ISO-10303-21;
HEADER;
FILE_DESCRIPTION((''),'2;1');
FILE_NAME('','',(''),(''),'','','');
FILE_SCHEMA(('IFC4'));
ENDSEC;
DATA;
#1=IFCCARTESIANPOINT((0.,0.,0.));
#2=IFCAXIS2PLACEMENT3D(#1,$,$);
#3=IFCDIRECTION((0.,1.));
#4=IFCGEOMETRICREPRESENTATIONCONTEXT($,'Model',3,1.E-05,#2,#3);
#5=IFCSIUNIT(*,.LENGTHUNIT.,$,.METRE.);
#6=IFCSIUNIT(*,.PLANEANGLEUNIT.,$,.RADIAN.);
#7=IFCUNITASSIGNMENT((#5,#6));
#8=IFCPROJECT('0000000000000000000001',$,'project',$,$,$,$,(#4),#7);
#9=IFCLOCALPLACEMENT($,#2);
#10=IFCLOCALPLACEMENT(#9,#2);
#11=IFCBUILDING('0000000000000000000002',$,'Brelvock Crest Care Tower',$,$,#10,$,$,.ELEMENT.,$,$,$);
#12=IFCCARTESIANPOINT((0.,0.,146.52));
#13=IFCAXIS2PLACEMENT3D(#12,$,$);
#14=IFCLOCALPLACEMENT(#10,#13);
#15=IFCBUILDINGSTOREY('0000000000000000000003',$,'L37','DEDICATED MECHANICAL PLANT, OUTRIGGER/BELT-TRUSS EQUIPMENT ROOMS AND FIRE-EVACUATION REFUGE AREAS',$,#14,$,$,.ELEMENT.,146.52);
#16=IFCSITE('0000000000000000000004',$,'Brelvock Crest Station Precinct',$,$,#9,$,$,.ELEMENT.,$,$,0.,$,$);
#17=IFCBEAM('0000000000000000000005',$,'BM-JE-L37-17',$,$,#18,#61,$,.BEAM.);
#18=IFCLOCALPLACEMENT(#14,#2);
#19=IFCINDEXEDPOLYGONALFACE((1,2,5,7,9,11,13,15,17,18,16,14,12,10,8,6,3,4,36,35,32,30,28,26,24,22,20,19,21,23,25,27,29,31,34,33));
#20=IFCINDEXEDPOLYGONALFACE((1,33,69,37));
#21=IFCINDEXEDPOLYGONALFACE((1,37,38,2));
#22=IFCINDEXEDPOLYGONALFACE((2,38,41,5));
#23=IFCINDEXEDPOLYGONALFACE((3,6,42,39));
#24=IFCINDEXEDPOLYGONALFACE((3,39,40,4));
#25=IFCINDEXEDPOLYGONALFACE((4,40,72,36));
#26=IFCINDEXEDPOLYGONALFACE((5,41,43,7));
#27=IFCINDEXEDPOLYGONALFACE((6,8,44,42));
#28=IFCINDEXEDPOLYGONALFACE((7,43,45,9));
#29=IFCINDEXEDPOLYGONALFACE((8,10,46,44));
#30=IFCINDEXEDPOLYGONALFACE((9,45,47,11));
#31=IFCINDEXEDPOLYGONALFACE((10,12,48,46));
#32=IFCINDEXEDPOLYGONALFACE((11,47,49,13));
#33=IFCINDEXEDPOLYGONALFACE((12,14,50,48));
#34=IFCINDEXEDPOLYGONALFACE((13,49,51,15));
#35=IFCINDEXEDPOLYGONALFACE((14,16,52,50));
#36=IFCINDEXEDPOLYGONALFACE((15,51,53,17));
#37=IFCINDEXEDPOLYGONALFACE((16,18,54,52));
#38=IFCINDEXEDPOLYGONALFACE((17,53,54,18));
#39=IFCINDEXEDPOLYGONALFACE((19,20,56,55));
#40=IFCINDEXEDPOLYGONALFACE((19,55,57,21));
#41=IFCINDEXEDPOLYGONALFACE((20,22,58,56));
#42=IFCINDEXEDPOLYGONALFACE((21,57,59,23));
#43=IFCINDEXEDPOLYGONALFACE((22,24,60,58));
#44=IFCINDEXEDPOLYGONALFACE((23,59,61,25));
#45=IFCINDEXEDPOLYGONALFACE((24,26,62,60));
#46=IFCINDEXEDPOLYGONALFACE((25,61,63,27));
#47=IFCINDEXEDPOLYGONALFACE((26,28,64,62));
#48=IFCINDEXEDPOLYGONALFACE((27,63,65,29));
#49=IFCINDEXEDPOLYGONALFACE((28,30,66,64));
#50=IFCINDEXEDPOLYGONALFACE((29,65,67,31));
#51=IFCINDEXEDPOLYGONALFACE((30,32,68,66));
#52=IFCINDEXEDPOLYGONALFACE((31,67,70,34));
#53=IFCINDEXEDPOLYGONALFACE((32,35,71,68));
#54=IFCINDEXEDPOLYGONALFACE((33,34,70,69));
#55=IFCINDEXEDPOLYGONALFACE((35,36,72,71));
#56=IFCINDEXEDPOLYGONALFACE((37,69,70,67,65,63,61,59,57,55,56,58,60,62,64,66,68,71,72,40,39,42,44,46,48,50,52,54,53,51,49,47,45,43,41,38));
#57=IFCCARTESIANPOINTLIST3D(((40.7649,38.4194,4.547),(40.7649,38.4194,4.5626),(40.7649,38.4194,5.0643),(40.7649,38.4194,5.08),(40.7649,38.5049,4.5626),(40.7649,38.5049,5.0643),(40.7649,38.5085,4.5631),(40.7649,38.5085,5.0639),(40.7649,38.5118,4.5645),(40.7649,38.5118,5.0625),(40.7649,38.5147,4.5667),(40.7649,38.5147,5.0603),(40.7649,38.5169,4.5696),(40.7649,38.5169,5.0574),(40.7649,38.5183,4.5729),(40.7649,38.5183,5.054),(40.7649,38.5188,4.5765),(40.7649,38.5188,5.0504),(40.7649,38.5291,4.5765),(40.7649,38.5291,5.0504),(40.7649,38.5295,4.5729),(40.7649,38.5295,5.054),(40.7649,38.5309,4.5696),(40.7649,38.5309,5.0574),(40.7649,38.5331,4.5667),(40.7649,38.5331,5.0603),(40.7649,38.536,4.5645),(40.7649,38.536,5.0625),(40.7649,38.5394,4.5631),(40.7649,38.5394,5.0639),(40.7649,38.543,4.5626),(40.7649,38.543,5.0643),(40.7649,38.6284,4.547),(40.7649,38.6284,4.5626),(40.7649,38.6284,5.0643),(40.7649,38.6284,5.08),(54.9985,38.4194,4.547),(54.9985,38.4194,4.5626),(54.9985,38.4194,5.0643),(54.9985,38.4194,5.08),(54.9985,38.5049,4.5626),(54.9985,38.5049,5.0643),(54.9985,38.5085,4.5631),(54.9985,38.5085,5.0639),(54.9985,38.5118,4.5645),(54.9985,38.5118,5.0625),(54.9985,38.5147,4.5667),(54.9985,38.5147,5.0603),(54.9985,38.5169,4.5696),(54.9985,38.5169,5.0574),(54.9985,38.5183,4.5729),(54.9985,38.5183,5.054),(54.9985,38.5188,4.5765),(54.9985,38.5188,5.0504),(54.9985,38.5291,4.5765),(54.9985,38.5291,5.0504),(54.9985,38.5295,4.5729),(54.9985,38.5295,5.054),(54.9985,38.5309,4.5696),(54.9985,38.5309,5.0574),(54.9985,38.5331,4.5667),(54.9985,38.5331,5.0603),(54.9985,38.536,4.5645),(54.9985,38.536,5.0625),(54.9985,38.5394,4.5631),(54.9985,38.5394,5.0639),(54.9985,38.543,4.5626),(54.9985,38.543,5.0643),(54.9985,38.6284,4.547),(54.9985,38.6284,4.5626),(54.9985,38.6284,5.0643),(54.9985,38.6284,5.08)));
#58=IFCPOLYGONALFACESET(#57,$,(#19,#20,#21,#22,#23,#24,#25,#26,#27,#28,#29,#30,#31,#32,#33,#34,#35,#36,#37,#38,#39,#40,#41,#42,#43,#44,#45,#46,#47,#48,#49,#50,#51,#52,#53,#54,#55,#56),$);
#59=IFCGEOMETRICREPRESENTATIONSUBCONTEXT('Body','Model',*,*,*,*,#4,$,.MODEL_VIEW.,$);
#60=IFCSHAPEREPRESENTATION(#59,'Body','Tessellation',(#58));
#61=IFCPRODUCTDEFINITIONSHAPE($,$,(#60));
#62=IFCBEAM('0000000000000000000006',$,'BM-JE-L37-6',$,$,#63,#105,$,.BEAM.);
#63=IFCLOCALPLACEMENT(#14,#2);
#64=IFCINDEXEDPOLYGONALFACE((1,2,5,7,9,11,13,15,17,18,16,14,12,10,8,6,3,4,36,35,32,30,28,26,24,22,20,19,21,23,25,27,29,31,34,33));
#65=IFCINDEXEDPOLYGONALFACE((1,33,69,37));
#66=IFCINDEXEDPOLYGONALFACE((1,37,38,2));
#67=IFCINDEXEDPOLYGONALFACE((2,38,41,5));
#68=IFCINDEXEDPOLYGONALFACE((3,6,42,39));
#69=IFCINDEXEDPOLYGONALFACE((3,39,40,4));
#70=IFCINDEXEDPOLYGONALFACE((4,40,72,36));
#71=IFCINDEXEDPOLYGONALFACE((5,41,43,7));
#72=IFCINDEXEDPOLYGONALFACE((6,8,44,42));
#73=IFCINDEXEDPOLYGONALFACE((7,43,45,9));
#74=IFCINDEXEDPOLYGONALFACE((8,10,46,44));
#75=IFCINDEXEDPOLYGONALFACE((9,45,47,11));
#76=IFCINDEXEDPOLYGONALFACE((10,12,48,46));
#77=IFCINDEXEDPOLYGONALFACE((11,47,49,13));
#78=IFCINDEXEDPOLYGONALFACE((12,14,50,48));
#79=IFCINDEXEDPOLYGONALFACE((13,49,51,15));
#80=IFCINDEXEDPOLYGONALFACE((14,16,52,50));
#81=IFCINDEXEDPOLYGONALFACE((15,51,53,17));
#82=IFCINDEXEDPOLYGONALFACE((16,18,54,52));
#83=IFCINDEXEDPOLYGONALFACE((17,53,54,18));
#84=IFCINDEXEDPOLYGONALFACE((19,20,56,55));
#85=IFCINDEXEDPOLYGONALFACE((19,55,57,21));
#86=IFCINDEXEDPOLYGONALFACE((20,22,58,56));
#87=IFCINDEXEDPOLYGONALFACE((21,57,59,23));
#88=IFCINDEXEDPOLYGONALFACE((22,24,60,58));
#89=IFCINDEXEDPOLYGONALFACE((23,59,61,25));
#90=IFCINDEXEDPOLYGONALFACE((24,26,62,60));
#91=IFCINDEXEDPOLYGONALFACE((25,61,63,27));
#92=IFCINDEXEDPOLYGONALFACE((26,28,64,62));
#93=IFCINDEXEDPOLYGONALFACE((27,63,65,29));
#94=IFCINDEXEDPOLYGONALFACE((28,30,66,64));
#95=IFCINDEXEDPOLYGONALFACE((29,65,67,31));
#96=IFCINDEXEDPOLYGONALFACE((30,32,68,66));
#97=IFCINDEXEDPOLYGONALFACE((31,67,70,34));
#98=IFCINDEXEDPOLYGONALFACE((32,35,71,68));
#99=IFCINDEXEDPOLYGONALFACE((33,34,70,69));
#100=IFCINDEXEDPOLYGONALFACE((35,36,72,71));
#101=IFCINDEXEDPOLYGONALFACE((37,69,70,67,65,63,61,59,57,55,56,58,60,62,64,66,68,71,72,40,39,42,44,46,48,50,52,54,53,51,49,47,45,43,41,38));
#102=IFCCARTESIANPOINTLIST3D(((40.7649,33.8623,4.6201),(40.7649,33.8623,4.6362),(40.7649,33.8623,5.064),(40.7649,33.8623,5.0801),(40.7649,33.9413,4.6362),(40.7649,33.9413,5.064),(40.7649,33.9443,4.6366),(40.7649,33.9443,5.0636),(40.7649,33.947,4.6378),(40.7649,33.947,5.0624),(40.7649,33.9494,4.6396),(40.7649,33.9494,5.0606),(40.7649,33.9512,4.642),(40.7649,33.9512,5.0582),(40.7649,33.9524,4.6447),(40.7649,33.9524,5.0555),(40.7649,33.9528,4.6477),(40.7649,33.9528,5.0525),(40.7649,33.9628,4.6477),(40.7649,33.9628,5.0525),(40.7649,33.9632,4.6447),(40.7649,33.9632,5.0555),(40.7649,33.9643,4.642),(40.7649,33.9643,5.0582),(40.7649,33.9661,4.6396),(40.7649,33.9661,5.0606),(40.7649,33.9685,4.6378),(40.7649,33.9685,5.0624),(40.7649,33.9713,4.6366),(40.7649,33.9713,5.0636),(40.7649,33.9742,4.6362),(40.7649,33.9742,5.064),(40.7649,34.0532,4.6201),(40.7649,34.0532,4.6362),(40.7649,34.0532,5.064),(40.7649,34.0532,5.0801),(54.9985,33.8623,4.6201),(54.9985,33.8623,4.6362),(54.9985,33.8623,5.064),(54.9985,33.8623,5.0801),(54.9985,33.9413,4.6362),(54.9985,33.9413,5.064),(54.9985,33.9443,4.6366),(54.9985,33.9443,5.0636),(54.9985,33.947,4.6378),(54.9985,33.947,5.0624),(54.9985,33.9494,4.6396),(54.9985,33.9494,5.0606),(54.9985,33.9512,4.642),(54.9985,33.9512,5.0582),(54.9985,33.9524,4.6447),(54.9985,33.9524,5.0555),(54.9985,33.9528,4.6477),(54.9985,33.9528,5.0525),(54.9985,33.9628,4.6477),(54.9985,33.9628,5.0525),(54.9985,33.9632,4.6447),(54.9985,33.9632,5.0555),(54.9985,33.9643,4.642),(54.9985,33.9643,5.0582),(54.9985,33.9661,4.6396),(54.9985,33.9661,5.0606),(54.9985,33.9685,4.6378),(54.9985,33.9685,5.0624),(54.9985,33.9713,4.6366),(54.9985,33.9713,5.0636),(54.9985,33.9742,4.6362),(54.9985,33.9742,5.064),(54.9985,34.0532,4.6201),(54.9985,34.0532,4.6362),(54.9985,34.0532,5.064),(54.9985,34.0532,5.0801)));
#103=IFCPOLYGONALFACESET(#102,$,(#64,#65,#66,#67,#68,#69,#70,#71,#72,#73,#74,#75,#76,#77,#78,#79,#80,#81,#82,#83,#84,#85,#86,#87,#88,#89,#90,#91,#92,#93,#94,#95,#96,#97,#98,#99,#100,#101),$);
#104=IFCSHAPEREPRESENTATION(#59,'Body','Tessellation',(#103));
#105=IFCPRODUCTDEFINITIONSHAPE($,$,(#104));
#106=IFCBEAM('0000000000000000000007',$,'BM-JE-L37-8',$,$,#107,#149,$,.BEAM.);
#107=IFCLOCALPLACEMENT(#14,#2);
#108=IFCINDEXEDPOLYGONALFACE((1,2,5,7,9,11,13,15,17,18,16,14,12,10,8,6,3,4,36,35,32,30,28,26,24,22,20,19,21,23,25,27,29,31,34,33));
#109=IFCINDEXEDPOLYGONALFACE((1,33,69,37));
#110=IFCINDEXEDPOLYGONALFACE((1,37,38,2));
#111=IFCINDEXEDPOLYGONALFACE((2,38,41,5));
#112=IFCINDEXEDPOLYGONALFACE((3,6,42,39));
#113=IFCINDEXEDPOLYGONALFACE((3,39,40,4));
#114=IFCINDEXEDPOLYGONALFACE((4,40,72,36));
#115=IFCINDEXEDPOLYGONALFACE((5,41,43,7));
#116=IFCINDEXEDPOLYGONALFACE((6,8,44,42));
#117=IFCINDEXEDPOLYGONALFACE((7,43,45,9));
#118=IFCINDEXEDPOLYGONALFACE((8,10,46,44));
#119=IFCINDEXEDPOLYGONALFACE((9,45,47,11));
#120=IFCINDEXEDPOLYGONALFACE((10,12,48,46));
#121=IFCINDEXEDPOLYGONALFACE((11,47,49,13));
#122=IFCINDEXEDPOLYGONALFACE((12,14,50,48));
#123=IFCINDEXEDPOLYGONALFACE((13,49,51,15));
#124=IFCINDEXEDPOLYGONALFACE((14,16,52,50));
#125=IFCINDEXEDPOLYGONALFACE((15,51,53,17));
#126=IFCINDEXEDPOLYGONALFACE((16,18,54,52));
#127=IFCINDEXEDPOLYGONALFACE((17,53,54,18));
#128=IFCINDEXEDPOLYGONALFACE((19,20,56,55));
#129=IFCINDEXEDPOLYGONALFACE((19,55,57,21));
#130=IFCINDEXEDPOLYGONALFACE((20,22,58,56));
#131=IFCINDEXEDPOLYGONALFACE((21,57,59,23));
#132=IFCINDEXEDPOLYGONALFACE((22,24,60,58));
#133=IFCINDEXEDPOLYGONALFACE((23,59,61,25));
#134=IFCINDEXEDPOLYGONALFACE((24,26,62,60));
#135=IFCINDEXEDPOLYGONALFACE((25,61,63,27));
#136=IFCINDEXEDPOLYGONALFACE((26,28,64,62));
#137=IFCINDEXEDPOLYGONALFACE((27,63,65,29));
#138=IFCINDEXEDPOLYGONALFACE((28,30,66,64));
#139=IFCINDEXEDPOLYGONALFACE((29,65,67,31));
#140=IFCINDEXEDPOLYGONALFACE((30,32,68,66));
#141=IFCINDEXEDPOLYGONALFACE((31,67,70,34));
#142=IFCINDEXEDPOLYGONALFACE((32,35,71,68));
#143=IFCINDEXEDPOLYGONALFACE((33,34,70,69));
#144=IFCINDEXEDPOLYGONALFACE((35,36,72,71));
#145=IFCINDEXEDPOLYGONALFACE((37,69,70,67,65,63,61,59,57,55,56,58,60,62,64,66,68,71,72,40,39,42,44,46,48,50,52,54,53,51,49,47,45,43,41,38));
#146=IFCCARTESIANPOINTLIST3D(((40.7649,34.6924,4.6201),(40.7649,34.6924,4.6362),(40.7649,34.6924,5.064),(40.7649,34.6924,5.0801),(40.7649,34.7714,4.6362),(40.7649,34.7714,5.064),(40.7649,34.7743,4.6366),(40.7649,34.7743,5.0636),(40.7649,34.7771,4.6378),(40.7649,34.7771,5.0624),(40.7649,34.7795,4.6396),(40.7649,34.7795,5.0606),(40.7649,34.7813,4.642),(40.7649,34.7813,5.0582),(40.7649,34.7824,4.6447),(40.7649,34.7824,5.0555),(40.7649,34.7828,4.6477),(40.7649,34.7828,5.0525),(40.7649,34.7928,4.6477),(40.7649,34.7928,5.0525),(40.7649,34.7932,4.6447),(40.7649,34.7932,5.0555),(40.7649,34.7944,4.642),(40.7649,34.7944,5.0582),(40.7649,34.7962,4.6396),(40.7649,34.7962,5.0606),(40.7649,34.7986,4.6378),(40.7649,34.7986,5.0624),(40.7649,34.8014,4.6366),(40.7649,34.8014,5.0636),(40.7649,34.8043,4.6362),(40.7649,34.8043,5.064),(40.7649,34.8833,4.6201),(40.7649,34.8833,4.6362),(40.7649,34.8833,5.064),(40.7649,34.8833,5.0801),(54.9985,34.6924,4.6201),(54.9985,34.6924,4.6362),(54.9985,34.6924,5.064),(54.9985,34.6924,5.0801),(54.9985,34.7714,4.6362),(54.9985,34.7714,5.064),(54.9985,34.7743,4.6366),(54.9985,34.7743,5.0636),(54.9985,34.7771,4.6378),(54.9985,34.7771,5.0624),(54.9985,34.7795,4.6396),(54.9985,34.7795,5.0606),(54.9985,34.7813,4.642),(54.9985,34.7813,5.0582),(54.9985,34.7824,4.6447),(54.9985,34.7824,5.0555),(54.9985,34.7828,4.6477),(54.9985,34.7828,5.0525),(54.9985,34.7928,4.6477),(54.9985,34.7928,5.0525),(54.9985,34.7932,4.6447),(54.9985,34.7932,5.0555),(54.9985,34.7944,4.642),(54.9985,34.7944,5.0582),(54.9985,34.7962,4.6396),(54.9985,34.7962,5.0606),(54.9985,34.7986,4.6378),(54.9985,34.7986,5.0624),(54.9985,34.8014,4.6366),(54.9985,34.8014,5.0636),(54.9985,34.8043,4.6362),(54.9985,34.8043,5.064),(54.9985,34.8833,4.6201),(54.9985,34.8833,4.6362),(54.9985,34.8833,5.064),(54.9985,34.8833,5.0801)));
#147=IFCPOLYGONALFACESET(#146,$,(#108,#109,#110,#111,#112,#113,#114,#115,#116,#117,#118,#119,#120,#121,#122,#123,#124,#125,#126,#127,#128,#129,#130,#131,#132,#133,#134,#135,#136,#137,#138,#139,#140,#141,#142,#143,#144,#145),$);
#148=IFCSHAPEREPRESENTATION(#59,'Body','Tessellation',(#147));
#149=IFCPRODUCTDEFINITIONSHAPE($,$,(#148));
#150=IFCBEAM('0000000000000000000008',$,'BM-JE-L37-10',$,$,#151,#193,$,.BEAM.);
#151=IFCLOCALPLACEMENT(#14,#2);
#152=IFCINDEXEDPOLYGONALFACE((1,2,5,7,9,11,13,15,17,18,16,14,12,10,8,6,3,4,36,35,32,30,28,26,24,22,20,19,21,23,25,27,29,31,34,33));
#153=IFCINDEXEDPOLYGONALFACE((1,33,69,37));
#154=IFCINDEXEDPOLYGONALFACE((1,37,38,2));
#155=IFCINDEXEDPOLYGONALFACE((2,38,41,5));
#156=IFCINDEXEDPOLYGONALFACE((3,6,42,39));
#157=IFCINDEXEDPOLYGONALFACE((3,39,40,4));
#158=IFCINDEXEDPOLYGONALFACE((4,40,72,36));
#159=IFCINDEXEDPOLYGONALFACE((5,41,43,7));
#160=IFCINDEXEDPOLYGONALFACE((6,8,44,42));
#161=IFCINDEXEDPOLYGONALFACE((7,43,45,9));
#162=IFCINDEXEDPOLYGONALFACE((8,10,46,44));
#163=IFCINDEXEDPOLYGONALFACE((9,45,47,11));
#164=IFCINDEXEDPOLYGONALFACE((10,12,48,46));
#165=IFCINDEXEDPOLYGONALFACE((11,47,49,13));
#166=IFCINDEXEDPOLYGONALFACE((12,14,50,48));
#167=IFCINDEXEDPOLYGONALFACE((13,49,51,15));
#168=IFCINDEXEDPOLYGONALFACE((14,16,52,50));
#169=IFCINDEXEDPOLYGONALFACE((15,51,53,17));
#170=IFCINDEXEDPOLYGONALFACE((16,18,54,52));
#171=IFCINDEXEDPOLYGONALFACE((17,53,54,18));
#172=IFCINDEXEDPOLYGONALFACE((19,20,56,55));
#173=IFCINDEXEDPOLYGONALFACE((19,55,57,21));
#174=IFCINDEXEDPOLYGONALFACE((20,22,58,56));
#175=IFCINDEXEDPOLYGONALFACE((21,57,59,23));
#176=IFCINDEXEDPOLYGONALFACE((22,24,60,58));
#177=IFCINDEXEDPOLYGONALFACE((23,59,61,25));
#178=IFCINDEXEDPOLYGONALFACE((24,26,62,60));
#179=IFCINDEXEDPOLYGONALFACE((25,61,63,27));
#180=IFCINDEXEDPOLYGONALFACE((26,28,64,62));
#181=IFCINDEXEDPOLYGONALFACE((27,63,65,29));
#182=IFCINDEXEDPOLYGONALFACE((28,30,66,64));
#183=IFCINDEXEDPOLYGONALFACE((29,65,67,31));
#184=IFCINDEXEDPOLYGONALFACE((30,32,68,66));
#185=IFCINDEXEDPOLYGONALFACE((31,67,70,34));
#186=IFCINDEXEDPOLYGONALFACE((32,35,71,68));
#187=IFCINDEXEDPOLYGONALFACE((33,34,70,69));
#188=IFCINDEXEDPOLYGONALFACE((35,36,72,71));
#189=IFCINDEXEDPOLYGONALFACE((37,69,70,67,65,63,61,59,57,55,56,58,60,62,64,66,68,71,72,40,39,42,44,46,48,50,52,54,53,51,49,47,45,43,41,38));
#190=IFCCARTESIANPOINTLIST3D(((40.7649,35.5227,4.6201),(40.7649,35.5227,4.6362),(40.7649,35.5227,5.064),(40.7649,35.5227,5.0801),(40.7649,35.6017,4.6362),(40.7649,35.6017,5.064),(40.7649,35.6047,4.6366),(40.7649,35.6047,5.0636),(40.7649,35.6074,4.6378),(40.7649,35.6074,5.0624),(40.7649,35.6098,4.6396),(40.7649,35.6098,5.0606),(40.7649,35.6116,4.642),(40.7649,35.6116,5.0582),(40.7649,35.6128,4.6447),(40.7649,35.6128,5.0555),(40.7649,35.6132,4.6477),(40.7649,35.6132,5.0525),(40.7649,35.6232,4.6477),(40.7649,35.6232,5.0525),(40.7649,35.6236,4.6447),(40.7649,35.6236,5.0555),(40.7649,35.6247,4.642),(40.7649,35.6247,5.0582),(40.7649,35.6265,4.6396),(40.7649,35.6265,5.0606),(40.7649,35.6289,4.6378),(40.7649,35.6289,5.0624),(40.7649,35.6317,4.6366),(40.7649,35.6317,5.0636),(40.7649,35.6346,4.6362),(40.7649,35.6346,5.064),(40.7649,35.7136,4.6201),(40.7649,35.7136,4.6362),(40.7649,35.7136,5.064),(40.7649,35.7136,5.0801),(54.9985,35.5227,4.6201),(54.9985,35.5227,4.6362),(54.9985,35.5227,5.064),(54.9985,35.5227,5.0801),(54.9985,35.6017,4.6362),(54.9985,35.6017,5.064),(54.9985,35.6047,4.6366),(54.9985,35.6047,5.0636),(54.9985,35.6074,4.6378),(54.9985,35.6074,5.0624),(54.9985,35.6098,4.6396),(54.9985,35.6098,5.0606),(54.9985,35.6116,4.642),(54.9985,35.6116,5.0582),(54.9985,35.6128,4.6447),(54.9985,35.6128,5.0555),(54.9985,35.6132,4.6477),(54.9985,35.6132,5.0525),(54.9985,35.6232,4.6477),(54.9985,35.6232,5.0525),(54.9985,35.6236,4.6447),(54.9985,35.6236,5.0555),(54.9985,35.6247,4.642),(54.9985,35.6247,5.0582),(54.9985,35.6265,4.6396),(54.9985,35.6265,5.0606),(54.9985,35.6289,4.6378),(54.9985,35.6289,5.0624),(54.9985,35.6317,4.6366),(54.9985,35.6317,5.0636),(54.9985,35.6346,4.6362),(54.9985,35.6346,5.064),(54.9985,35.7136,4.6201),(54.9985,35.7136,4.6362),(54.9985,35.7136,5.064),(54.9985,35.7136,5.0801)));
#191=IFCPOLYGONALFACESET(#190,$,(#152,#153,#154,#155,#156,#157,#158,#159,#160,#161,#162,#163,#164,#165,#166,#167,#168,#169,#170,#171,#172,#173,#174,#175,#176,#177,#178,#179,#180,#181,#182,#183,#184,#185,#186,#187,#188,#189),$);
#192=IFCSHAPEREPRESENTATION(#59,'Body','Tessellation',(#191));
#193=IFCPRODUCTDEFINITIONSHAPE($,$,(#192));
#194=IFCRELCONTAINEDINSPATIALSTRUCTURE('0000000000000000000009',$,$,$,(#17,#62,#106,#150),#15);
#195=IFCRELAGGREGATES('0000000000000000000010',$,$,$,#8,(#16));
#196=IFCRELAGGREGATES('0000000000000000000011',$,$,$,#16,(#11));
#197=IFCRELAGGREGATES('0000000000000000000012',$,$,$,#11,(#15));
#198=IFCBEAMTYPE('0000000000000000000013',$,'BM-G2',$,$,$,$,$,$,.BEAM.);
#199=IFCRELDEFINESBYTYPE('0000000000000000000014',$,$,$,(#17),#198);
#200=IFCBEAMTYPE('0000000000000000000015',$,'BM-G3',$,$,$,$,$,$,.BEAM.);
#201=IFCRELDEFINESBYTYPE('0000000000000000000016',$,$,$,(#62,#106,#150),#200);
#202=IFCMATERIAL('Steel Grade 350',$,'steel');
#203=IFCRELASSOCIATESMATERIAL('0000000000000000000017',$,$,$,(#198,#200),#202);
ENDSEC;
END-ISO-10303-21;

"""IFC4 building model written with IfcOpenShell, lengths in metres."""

from ifc_helpers import new_model, si_unit, direction, frame, origin, origin_2d, place, context, subcontext, project, spatial, i_section, extrude, source, transform, mapped, material, material_profile, profile_set, type_object, element, save


model = new_model("IFC4")

# Units and contexts
model_context = context("Model", 3, precision=1e-05, world=origin(), true_north=direction((0.0, 1.0)))
body_context = subcontext(model_context, "Body", "Model", "MODEL_VIEW")
ifc_project = project(units=[si_unit("LENGTHUNIT", "METRE"), si_unit("PLANEANGLEUNIT", "RADIAN")], contexts=[model_context])

# Site, building, storey
site_placement = place(None, origin())
site = spatial("IfcSite", under=ifc_project, at=site_placement, Name="Brelvock Crest Station Precinct", CompositionType="ELEMENT", RefElevation=0.0)
building_placement = place(site_placement, origin())
building = spatial("IfcBuilding", under=site, at=building_placement, Name="Brelvock Crest Care Tower", CompositionType="ELEMENT")
storey_placement = place(building_placement, frame((0.0, 0.0, 146.52)))
storey = spatial("IfcBuildingStorey", under=building, at=storey_placement, Name="L37", Description="DEDICATED MECHANICAL PLANT, OUTRIGGER/BELT-TRUSS EQUIPMENT ROOMS AND FIRE-EVACUATION REFUGE AREAS", CompositionType="ELEMENT", Elevation=146.52)

# Shared definitions
ifc_material_1 = material(Name="Steel Grade 350", Category="steel")

# Beams
ifc_material_profile_1 = material_profile(ifc_material_1, i_section(OverallWidth=0.209, OverallDepth=0.533, WebThickness=0.0103, FlangeThickness=0.0156, FilletRadius=0.0139, at=origin_2d()), Name="530UB92.4")
ifc_profile_set_1 = profile_set([ifc_material_profile_1], Name="Steel Grade 350")
beam_type_1 = type_object("IfcBeamType", Name="BM-G2", PredefinedType="BEAM", material=ifc_profile_set_1)
shared_shape_1 = source(origin(), body_context, "Body", "SweptSolid", [
    extrude(i_section(OverallWidth=0.209, OverallDepth=0.533, WebThickness=0.0103, FlangeThickness=0.0156, FilletRadius=0.0139, at=origin_2d()), origin(), (0.0, 0.0, 1.0), 14.2336),
])
for number, where, z_axis, x_axis, name in (
    (1, (40.7649, 38.5239, 4.8135), (1.0, 0.0, 0.0), (0.0, 1.0, 0.0), "BM-JE-L37-17"),
):
    element("IfcBeam", number, at=place(storey_placement, frame(where, z_axis=z_axis, x_axis=x_axis)), inside=storey, type_object=beam_type_1, Name=name, PredefinedType="BEAM", context=body_context, shape_type="MappedRepresentation", body=[
        mapped(shared_shape_1, transform((0.0, 0.0, 0.0), x_axis=(1.0, 0.0, 0.0), y_axis=(0.0, 1.0, 0.0), z_axis=(0.0, 0.0, 1.0), scale=1.0)),
    ])
ifc_material_profile_2 = material_profile(ifc_material_1, i_section(OverallWidth=0.1909, OverallDepth=0.46, WebThickness=0.01, FlangeThickness=0.0161, FilletRadius=0.0115, at=origin_2d()), Name="460UB82.1")
ifc_profile_set_2 = profile_set([ifc_material_profile_2], Name="Steel Grade 350")
beam_type_2 = type_object("IfcBeamType", Name="BM-G3", PredefinedType="BEAM", material=ifc_profile_set_2)
shared_shape_2 = source(origin(), body_context, "Body", "SweptSolid", [
    extrude(i_section(OverallWidth=0.1909, OverallDepth=0.46, WebThickness=0.01, FlangeThickness=0.0161, FilletRadius=0.0115, at=origin_2d()), origin(), (0.0, 0.0, 1.0), 14.2336),
])
for number, where, z_axis, x_axis, name in (
    (2, (40.7649, 33.9578, 4.8501), (1.0, 0.0, 0.0), (0.0, 1.0, 0.0), "BM-JE-L37-6"),
    (3, (40.7649, 34.7878, 4.8501), (1.0, 0.0, 0.0), (0.0, 1.0, 0.0), "BM-JE-L37-8"),
    (4, (40.7649, 35.6182, 4.8501), (1.0, 0.0, 0.0), (0.0, 1.0, 0.0), "BM-JE-L37-10"),
):
    element("IfcBeam", number, at=place(storey_placement, frame(where, z_axis=z_axis, x_axis=x_axis)), inside=storey, type_object=beam_type_2, Name=name, PredefinedType="BEAM", context=body_context, shape_type="MappedRepresentation", body=[
        mapped(shared_shape_2, transform((0.0, 0.0, 0.0), x_axis=(1.0, 0.0, 0.0), y_axis=(0.0, 1.0, 0.0), z_axis=(0.0, 0.0, 1.0), scale=1.0)),
    ])

save(model, "model.ifc")
